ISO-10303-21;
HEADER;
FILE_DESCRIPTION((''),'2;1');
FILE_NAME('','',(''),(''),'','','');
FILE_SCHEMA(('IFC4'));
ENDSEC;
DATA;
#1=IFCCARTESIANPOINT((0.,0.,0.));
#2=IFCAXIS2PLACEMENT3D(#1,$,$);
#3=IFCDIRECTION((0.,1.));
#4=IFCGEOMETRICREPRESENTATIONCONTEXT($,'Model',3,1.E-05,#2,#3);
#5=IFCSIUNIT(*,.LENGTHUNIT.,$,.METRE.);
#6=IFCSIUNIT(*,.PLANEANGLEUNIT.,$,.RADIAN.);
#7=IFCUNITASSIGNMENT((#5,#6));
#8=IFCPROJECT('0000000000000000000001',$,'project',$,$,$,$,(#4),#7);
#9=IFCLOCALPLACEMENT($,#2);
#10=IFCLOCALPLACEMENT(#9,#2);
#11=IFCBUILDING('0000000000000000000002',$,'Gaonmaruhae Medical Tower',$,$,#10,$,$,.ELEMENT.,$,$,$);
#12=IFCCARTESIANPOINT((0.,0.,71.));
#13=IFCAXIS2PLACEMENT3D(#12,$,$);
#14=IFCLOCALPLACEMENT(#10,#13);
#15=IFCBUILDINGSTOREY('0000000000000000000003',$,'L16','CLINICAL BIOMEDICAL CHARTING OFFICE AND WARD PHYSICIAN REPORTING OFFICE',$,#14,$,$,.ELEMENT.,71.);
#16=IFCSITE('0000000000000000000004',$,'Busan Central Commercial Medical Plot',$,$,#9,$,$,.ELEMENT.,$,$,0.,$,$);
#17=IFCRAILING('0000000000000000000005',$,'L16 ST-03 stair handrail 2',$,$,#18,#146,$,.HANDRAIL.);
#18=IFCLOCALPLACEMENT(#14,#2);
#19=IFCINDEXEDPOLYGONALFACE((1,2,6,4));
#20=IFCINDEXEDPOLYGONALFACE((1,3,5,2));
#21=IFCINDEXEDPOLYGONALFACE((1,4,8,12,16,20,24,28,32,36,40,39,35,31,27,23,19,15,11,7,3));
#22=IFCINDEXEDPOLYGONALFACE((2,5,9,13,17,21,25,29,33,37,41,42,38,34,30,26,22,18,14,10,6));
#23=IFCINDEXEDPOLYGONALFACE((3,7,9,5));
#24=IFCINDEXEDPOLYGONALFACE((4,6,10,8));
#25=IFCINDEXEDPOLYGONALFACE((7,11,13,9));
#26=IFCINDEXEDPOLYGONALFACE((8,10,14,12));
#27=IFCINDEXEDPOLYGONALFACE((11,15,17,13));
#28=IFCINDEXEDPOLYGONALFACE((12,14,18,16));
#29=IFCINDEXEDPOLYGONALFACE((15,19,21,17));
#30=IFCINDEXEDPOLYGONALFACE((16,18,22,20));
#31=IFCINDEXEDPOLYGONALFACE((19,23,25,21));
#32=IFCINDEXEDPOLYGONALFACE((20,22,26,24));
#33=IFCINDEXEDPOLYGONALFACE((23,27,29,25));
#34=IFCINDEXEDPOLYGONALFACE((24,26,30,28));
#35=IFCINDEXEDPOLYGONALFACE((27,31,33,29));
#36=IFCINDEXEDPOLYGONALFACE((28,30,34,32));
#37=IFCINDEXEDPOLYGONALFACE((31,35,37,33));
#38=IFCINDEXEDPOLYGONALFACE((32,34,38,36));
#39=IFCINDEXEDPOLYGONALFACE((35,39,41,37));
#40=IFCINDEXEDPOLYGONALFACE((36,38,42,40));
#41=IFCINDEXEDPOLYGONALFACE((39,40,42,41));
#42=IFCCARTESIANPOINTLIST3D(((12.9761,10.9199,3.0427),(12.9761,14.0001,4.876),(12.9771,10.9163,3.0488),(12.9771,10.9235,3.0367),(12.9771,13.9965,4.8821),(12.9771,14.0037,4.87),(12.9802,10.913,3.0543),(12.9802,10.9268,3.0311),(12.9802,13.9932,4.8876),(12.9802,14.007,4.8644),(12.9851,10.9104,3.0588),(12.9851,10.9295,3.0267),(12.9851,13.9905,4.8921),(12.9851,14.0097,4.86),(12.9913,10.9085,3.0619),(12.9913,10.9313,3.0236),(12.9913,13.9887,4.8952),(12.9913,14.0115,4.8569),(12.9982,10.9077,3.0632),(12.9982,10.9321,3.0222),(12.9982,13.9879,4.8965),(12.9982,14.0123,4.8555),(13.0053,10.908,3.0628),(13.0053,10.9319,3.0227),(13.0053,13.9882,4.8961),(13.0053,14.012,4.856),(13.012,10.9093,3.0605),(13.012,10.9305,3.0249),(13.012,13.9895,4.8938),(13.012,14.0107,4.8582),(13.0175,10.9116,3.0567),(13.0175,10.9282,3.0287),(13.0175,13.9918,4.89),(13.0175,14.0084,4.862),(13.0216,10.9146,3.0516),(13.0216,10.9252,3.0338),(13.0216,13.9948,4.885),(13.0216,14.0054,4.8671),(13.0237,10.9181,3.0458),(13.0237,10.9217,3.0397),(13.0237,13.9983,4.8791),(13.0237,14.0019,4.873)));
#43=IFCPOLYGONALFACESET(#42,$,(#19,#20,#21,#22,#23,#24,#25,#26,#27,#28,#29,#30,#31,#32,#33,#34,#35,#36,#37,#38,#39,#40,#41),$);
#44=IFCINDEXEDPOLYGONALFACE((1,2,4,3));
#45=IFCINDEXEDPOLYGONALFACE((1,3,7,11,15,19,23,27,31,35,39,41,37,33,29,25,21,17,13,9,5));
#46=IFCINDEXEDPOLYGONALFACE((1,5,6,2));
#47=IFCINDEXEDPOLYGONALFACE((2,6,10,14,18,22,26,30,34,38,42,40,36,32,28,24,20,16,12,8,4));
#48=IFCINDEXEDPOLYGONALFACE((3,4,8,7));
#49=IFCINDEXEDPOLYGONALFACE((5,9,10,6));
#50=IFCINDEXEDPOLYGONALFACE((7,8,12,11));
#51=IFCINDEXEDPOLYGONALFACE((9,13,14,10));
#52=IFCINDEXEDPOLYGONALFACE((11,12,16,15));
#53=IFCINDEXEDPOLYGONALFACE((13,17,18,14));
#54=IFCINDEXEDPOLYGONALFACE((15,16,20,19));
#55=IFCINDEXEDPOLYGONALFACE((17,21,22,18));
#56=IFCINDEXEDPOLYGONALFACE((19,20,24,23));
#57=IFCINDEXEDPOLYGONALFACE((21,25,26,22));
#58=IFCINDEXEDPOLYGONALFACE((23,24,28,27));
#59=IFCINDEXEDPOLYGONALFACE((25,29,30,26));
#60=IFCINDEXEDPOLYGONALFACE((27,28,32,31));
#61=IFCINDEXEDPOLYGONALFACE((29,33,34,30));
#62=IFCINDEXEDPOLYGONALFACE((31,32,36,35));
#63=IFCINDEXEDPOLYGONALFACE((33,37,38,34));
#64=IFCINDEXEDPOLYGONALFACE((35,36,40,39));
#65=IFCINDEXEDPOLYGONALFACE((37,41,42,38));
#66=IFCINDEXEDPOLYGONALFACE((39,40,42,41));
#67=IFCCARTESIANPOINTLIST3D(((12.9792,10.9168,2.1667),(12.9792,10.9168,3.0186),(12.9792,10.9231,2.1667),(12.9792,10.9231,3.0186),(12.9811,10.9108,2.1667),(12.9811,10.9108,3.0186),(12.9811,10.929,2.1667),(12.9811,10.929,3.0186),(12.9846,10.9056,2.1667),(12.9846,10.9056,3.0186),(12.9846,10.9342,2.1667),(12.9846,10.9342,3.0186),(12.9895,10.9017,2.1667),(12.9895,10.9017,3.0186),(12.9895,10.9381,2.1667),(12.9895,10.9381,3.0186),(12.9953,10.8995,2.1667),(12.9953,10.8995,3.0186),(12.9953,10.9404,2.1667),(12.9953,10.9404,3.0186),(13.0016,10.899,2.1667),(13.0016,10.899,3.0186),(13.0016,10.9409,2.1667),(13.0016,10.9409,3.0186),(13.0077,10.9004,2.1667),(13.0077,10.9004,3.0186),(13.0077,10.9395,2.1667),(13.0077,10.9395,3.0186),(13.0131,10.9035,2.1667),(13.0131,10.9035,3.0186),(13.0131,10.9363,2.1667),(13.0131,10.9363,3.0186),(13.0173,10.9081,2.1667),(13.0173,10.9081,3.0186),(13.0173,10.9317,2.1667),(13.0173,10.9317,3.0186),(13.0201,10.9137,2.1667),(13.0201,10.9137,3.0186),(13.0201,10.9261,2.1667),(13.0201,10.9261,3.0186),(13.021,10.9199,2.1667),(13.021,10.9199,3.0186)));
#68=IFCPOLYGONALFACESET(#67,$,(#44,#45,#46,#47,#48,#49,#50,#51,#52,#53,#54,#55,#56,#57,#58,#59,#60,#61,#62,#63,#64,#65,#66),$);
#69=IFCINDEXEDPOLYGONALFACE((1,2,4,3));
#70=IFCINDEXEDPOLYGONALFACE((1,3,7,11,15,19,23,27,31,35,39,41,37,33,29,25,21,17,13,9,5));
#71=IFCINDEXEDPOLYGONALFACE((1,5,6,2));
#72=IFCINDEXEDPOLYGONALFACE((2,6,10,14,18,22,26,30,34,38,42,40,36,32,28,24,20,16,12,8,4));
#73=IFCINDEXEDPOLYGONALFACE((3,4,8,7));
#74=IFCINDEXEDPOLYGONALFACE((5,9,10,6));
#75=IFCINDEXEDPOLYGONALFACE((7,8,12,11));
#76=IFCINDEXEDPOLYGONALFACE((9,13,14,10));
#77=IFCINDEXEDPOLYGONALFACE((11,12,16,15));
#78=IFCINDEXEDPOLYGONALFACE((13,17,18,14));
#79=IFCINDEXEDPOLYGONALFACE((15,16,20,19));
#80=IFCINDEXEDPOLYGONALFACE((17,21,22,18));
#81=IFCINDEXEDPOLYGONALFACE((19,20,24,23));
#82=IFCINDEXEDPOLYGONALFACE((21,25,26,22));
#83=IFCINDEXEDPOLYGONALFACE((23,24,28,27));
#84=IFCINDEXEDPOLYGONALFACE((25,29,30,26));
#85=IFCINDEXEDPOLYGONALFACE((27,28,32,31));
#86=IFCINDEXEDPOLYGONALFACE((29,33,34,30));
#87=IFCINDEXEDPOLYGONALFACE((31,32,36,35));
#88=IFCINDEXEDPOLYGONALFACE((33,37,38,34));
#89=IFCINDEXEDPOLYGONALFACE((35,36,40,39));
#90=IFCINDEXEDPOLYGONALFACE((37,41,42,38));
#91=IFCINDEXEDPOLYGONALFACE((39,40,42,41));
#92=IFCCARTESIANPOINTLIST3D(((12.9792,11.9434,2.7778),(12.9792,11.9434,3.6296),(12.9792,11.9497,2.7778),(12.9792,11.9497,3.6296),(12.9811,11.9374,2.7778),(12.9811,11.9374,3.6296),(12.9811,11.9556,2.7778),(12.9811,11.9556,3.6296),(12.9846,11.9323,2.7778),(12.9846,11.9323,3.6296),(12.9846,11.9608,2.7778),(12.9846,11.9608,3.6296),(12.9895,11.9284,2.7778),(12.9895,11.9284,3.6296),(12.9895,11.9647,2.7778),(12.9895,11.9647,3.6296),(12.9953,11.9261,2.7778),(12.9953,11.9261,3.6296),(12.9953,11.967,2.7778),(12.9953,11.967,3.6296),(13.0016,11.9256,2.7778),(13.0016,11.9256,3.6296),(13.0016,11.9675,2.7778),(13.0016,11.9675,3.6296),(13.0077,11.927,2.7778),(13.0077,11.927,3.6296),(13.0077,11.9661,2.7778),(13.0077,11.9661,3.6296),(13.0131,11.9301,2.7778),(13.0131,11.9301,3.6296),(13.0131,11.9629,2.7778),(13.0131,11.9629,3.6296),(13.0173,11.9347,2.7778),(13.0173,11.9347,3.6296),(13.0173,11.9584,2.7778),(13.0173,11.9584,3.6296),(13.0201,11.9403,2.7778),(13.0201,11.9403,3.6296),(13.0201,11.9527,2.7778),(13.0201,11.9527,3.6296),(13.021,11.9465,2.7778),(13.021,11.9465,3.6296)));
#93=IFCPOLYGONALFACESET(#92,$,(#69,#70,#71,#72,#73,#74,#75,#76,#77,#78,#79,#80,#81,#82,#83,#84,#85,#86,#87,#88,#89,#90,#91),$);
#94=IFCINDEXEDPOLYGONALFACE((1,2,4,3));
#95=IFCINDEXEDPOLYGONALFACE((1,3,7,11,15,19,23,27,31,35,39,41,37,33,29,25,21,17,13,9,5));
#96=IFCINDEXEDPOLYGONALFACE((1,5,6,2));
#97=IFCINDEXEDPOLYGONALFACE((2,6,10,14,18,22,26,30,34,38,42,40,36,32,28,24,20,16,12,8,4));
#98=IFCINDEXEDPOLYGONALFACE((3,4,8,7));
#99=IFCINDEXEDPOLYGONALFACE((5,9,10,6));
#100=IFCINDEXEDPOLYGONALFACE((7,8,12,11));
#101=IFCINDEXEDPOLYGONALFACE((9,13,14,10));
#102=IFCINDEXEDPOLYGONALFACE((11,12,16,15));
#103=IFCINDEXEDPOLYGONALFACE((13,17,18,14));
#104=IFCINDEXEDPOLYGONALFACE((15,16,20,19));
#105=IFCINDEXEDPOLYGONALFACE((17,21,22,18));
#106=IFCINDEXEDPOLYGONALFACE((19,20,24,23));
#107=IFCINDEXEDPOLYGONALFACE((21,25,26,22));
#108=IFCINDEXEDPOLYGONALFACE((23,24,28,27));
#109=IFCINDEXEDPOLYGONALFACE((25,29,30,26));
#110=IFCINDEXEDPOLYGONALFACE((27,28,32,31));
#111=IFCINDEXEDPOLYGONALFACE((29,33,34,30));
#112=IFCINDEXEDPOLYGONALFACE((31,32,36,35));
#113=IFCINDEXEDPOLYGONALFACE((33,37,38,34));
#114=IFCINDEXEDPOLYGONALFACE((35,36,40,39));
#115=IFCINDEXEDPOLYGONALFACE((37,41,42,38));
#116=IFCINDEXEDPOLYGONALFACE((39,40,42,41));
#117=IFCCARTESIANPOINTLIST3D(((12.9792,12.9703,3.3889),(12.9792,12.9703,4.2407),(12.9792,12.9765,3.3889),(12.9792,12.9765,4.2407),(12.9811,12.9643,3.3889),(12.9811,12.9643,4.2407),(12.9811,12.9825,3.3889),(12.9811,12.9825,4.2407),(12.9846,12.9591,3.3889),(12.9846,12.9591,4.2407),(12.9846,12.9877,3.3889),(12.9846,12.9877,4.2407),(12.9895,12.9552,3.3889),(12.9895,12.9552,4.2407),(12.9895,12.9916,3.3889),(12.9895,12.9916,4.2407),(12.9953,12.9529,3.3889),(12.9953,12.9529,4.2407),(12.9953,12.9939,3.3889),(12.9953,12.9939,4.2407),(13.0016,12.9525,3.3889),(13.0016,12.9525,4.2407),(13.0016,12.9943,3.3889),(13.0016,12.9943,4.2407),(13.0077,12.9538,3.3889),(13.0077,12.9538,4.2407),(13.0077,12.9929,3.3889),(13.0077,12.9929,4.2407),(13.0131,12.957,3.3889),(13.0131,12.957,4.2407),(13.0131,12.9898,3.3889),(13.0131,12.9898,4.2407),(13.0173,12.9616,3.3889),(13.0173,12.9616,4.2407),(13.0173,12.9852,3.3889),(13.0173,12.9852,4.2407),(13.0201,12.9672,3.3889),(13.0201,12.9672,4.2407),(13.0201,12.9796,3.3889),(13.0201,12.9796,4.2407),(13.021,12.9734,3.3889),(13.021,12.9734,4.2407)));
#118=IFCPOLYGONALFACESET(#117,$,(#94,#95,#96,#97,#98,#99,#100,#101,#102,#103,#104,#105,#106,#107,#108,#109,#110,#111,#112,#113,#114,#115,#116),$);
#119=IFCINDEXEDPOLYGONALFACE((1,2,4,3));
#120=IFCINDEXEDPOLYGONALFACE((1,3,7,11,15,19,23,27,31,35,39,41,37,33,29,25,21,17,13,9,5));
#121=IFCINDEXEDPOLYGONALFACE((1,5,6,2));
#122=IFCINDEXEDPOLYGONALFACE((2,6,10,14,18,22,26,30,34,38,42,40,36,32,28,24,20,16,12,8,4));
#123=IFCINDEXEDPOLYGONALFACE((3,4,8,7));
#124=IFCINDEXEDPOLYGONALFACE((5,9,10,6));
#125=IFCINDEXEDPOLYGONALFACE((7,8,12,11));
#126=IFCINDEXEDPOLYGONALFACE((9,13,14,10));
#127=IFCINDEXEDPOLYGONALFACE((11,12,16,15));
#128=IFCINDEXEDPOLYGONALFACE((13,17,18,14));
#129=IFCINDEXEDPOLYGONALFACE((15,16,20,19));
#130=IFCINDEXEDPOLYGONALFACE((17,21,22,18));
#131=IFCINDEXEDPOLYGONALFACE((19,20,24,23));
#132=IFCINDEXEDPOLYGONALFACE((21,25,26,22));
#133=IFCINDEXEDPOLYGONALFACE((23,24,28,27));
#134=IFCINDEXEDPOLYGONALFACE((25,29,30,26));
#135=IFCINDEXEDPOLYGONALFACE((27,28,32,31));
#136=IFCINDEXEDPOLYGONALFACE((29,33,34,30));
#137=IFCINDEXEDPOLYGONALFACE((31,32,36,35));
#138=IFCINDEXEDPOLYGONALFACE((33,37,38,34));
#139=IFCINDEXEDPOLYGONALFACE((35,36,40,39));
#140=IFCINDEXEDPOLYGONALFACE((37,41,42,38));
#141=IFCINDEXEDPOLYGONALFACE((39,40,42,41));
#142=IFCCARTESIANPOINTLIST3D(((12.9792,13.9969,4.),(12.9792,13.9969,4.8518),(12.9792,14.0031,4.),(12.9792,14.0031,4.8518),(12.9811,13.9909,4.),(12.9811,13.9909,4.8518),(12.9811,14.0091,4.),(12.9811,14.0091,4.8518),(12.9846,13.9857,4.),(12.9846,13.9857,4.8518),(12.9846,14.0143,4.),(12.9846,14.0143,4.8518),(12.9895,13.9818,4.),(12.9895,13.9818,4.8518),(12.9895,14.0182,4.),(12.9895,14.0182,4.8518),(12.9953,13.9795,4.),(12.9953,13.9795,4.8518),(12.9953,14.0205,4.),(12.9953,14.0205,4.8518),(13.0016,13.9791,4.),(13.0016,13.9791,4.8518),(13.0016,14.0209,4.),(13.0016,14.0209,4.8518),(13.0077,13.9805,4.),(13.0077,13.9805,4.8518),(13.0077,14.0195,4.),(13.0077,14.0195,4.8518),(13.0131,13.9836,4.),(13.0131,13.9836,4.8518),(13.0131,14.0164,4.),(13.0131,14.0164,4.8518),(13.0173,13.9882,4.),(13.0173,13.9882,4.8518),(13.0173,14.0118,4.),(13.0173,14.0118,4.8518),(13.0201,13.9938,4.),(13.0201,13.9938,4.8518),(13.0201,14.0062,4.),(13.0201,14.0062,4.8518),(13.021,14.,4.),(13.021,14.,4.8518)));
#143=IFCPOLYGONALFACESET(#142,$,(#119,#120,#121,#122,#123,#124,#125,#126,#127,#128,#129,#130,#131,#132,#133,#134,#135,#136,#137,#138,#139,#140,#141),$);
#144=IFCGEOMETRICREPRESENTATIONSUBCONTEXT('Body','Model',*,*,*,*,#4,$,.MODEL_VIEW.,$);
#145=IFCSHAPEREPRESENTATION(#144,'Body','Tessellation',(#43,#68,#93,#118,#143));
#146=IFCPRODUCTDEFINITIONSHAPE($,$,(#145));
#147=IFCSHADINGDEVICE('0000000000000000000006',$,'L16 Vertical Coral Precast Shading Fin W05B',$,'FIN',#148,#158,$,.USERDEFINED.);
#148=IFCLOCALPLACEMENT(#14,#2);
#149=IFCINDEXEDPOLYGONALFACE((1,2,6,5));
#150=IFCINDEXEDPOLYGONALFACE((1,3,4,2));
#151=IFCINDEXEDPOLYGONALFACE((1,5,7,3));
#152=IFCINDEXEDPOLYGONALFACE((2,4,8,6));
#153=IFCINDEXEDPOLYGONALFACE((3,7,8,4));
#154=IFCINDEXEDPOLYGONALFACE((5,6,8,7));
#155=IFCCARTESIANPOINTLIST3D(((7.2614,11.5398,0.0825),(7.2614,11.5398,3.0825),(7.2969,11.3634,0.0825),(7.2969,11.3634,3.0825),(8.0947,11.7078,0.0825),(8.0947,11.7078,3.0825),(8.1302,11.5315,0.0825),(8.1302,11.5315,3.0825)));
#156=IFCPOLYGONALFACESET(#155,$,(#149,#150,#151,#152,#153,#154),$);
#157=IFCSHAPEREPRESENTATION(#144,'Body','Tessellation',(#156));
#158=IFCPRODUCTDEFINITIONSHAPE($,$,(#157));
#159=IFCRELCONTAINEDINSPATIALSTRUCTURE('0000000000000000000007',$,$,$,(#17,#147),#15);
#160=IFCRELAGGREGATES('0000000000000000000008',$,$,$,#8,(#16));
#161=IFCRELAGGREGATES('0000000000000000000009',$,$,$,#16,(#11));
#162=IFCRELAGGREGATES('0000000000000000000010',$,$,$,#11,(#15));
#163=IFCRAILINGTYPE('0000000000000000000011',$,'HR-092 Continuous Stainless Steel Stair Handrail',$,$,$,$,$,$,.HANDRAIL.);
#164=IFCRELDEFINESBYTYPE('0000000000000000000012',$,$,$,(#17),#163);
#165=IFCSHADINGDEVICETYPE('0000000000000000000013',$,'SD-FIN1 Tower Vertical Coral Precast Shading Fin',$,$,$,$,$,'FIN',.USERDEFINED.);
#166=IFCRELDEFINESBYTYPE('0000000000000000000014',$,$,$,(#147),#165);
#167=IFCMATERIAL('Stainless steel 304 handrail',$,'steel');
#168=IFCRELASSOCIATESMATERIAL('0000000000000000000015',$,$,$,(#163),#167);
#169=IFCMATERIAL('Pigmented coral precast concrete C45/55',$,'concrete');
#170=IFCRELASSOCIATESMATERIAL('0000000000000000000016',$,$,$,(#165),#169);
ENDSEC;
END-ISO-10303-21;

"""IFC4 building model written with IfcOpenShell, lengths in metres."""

from ifc_helpers import new_model, si_unit, direction, frame, origin, origin_2d, place, context, subcontext, project, spatial, rectangle, circle, extrude, material, type_object, element, save


model = new_model("IFC4")

# Units and contexts
model_context = context("Model", 3, precision=1e-05, world=origin(), true_north=direction((0.0, 1.0)))
body_context = subcontext(model_context, "Body", "Model", "MODEL_VIEW")
ifc_project = project(units=[si_unit("LENGTHUNIT", "METRE"), si_unit("PLANEANGLEUNIT", "RADIAN")], contexts=[model_context])

# Site, building, storey
site_placement = place(None, origin())
site = spatial("IfcSite", under=ifc_project, at=site_placement, Name="Busan Central Commercial Medical Plot", CompositionType="ELEMENT", RefElevation=0.0)
building_placement = place(site_placement, origin())
building = spatial("IfcBuilding", under=site, at=building_placement, Name="Gaonmaruhae Medical Tower", CompositionType="ELEMENT")
storey_placement = place(building_placement, frame((0.0, 0.0, 71.0)))
storey = spatial("IfcBuildingStorey", under=building, at=storey_placement, Name="L16", Description="CLINICAL BIOMEDICAL CHARTING OFFICE AND WARD PHYSICIAN REPORTING OFFICE", CompositionType="ELEMENT", Elevation=71.0)

# Railing
ifc_material_1 = material(Name="Stainless steel 304 handrail", Category="steel")
railing_type_1 = type_object("IfcRailingType", Name="HR-092 Continuous Stainless Steel Stair Handrail", PredefinedType="HANDRAIL", material=ifc_material_1)
railing_1_placement = place(storey_placement, frame((13.0, 10.9199, 2.1667)))
element("IfcRailing", 1, at=railing_1_placement, inside=storey, type_object=railing_type_1, Name="L16 ST-03 stair handrail 2", PredefinedType="HANDRAIL", context=body_context, shape_type="SweptSolid", body=[
    extrude(circle(Radius=0.0239, at=origin_2d()), frame((0.0, 0.0, 0.876), z_axis=(0.0, 0.859309, 0.511458), x_axis=(-1.0, 0.0, 0.0)), (0.0, 0.0, 1.0), 3.5845),
    extrude(circle(Radius=0.021, at=origin_2d()), origin(), (0.0, 0.0, 1.0), 0.8518),
    extrude(circle(Radius=0.021, at=origin_2d()), frame((0.0, 1.0266, 0.6111)), (0.0, 0.0, 1.0), 0.8518),
    extrude(circle(Radius=0.021, at=origin_2d()), frame((0.0, 2.0535, 1.2222)), (0.0, 0.0, 1.0), 0.8518),
    extrude(circle(Radius=0.021, at=origin_2d()), frame((0.0, 3.0801, 1.8333)), (0.0, 0.0, 1.0), 0.8518),
])

# Shading device
ifc_material_2 = material(Name="Pigmented coral precast concrete C45/55", Category="concrete")
shading_device_type = type_object("IfcShadingDeviceType", Name="SD-FIN1 Tower Vertical Coral Precast Shading Fin", ElementType="FIN", PredefinedType="USERDEFINED", material=ifc_material_2)
shading_device_placement = place(storey_placement, frame((7.6958, 11.5356, 0.0825), z_axis=(0.0, 0.0, 1.0), x_axis=(-0.197657, 0.980271, 0.0)))
element("IfcShadingDevice", 2, at=shading_device_placement, inside=storey, type_object=shading_device_type, Name="L16 Vertical Coral Precast Shading Fin W05B", ObjectType="FIN", PredefinedType="USERDEFINED", context=body_context, shape_type="SweptSolid", body=[
    extrude(rectangle(XDim=0.1799, YDim=0.8501, at=origin_2d()), origin(), (0.0, 0.0, 1.0), 3.0),
])

save(model, "model.ifc")
